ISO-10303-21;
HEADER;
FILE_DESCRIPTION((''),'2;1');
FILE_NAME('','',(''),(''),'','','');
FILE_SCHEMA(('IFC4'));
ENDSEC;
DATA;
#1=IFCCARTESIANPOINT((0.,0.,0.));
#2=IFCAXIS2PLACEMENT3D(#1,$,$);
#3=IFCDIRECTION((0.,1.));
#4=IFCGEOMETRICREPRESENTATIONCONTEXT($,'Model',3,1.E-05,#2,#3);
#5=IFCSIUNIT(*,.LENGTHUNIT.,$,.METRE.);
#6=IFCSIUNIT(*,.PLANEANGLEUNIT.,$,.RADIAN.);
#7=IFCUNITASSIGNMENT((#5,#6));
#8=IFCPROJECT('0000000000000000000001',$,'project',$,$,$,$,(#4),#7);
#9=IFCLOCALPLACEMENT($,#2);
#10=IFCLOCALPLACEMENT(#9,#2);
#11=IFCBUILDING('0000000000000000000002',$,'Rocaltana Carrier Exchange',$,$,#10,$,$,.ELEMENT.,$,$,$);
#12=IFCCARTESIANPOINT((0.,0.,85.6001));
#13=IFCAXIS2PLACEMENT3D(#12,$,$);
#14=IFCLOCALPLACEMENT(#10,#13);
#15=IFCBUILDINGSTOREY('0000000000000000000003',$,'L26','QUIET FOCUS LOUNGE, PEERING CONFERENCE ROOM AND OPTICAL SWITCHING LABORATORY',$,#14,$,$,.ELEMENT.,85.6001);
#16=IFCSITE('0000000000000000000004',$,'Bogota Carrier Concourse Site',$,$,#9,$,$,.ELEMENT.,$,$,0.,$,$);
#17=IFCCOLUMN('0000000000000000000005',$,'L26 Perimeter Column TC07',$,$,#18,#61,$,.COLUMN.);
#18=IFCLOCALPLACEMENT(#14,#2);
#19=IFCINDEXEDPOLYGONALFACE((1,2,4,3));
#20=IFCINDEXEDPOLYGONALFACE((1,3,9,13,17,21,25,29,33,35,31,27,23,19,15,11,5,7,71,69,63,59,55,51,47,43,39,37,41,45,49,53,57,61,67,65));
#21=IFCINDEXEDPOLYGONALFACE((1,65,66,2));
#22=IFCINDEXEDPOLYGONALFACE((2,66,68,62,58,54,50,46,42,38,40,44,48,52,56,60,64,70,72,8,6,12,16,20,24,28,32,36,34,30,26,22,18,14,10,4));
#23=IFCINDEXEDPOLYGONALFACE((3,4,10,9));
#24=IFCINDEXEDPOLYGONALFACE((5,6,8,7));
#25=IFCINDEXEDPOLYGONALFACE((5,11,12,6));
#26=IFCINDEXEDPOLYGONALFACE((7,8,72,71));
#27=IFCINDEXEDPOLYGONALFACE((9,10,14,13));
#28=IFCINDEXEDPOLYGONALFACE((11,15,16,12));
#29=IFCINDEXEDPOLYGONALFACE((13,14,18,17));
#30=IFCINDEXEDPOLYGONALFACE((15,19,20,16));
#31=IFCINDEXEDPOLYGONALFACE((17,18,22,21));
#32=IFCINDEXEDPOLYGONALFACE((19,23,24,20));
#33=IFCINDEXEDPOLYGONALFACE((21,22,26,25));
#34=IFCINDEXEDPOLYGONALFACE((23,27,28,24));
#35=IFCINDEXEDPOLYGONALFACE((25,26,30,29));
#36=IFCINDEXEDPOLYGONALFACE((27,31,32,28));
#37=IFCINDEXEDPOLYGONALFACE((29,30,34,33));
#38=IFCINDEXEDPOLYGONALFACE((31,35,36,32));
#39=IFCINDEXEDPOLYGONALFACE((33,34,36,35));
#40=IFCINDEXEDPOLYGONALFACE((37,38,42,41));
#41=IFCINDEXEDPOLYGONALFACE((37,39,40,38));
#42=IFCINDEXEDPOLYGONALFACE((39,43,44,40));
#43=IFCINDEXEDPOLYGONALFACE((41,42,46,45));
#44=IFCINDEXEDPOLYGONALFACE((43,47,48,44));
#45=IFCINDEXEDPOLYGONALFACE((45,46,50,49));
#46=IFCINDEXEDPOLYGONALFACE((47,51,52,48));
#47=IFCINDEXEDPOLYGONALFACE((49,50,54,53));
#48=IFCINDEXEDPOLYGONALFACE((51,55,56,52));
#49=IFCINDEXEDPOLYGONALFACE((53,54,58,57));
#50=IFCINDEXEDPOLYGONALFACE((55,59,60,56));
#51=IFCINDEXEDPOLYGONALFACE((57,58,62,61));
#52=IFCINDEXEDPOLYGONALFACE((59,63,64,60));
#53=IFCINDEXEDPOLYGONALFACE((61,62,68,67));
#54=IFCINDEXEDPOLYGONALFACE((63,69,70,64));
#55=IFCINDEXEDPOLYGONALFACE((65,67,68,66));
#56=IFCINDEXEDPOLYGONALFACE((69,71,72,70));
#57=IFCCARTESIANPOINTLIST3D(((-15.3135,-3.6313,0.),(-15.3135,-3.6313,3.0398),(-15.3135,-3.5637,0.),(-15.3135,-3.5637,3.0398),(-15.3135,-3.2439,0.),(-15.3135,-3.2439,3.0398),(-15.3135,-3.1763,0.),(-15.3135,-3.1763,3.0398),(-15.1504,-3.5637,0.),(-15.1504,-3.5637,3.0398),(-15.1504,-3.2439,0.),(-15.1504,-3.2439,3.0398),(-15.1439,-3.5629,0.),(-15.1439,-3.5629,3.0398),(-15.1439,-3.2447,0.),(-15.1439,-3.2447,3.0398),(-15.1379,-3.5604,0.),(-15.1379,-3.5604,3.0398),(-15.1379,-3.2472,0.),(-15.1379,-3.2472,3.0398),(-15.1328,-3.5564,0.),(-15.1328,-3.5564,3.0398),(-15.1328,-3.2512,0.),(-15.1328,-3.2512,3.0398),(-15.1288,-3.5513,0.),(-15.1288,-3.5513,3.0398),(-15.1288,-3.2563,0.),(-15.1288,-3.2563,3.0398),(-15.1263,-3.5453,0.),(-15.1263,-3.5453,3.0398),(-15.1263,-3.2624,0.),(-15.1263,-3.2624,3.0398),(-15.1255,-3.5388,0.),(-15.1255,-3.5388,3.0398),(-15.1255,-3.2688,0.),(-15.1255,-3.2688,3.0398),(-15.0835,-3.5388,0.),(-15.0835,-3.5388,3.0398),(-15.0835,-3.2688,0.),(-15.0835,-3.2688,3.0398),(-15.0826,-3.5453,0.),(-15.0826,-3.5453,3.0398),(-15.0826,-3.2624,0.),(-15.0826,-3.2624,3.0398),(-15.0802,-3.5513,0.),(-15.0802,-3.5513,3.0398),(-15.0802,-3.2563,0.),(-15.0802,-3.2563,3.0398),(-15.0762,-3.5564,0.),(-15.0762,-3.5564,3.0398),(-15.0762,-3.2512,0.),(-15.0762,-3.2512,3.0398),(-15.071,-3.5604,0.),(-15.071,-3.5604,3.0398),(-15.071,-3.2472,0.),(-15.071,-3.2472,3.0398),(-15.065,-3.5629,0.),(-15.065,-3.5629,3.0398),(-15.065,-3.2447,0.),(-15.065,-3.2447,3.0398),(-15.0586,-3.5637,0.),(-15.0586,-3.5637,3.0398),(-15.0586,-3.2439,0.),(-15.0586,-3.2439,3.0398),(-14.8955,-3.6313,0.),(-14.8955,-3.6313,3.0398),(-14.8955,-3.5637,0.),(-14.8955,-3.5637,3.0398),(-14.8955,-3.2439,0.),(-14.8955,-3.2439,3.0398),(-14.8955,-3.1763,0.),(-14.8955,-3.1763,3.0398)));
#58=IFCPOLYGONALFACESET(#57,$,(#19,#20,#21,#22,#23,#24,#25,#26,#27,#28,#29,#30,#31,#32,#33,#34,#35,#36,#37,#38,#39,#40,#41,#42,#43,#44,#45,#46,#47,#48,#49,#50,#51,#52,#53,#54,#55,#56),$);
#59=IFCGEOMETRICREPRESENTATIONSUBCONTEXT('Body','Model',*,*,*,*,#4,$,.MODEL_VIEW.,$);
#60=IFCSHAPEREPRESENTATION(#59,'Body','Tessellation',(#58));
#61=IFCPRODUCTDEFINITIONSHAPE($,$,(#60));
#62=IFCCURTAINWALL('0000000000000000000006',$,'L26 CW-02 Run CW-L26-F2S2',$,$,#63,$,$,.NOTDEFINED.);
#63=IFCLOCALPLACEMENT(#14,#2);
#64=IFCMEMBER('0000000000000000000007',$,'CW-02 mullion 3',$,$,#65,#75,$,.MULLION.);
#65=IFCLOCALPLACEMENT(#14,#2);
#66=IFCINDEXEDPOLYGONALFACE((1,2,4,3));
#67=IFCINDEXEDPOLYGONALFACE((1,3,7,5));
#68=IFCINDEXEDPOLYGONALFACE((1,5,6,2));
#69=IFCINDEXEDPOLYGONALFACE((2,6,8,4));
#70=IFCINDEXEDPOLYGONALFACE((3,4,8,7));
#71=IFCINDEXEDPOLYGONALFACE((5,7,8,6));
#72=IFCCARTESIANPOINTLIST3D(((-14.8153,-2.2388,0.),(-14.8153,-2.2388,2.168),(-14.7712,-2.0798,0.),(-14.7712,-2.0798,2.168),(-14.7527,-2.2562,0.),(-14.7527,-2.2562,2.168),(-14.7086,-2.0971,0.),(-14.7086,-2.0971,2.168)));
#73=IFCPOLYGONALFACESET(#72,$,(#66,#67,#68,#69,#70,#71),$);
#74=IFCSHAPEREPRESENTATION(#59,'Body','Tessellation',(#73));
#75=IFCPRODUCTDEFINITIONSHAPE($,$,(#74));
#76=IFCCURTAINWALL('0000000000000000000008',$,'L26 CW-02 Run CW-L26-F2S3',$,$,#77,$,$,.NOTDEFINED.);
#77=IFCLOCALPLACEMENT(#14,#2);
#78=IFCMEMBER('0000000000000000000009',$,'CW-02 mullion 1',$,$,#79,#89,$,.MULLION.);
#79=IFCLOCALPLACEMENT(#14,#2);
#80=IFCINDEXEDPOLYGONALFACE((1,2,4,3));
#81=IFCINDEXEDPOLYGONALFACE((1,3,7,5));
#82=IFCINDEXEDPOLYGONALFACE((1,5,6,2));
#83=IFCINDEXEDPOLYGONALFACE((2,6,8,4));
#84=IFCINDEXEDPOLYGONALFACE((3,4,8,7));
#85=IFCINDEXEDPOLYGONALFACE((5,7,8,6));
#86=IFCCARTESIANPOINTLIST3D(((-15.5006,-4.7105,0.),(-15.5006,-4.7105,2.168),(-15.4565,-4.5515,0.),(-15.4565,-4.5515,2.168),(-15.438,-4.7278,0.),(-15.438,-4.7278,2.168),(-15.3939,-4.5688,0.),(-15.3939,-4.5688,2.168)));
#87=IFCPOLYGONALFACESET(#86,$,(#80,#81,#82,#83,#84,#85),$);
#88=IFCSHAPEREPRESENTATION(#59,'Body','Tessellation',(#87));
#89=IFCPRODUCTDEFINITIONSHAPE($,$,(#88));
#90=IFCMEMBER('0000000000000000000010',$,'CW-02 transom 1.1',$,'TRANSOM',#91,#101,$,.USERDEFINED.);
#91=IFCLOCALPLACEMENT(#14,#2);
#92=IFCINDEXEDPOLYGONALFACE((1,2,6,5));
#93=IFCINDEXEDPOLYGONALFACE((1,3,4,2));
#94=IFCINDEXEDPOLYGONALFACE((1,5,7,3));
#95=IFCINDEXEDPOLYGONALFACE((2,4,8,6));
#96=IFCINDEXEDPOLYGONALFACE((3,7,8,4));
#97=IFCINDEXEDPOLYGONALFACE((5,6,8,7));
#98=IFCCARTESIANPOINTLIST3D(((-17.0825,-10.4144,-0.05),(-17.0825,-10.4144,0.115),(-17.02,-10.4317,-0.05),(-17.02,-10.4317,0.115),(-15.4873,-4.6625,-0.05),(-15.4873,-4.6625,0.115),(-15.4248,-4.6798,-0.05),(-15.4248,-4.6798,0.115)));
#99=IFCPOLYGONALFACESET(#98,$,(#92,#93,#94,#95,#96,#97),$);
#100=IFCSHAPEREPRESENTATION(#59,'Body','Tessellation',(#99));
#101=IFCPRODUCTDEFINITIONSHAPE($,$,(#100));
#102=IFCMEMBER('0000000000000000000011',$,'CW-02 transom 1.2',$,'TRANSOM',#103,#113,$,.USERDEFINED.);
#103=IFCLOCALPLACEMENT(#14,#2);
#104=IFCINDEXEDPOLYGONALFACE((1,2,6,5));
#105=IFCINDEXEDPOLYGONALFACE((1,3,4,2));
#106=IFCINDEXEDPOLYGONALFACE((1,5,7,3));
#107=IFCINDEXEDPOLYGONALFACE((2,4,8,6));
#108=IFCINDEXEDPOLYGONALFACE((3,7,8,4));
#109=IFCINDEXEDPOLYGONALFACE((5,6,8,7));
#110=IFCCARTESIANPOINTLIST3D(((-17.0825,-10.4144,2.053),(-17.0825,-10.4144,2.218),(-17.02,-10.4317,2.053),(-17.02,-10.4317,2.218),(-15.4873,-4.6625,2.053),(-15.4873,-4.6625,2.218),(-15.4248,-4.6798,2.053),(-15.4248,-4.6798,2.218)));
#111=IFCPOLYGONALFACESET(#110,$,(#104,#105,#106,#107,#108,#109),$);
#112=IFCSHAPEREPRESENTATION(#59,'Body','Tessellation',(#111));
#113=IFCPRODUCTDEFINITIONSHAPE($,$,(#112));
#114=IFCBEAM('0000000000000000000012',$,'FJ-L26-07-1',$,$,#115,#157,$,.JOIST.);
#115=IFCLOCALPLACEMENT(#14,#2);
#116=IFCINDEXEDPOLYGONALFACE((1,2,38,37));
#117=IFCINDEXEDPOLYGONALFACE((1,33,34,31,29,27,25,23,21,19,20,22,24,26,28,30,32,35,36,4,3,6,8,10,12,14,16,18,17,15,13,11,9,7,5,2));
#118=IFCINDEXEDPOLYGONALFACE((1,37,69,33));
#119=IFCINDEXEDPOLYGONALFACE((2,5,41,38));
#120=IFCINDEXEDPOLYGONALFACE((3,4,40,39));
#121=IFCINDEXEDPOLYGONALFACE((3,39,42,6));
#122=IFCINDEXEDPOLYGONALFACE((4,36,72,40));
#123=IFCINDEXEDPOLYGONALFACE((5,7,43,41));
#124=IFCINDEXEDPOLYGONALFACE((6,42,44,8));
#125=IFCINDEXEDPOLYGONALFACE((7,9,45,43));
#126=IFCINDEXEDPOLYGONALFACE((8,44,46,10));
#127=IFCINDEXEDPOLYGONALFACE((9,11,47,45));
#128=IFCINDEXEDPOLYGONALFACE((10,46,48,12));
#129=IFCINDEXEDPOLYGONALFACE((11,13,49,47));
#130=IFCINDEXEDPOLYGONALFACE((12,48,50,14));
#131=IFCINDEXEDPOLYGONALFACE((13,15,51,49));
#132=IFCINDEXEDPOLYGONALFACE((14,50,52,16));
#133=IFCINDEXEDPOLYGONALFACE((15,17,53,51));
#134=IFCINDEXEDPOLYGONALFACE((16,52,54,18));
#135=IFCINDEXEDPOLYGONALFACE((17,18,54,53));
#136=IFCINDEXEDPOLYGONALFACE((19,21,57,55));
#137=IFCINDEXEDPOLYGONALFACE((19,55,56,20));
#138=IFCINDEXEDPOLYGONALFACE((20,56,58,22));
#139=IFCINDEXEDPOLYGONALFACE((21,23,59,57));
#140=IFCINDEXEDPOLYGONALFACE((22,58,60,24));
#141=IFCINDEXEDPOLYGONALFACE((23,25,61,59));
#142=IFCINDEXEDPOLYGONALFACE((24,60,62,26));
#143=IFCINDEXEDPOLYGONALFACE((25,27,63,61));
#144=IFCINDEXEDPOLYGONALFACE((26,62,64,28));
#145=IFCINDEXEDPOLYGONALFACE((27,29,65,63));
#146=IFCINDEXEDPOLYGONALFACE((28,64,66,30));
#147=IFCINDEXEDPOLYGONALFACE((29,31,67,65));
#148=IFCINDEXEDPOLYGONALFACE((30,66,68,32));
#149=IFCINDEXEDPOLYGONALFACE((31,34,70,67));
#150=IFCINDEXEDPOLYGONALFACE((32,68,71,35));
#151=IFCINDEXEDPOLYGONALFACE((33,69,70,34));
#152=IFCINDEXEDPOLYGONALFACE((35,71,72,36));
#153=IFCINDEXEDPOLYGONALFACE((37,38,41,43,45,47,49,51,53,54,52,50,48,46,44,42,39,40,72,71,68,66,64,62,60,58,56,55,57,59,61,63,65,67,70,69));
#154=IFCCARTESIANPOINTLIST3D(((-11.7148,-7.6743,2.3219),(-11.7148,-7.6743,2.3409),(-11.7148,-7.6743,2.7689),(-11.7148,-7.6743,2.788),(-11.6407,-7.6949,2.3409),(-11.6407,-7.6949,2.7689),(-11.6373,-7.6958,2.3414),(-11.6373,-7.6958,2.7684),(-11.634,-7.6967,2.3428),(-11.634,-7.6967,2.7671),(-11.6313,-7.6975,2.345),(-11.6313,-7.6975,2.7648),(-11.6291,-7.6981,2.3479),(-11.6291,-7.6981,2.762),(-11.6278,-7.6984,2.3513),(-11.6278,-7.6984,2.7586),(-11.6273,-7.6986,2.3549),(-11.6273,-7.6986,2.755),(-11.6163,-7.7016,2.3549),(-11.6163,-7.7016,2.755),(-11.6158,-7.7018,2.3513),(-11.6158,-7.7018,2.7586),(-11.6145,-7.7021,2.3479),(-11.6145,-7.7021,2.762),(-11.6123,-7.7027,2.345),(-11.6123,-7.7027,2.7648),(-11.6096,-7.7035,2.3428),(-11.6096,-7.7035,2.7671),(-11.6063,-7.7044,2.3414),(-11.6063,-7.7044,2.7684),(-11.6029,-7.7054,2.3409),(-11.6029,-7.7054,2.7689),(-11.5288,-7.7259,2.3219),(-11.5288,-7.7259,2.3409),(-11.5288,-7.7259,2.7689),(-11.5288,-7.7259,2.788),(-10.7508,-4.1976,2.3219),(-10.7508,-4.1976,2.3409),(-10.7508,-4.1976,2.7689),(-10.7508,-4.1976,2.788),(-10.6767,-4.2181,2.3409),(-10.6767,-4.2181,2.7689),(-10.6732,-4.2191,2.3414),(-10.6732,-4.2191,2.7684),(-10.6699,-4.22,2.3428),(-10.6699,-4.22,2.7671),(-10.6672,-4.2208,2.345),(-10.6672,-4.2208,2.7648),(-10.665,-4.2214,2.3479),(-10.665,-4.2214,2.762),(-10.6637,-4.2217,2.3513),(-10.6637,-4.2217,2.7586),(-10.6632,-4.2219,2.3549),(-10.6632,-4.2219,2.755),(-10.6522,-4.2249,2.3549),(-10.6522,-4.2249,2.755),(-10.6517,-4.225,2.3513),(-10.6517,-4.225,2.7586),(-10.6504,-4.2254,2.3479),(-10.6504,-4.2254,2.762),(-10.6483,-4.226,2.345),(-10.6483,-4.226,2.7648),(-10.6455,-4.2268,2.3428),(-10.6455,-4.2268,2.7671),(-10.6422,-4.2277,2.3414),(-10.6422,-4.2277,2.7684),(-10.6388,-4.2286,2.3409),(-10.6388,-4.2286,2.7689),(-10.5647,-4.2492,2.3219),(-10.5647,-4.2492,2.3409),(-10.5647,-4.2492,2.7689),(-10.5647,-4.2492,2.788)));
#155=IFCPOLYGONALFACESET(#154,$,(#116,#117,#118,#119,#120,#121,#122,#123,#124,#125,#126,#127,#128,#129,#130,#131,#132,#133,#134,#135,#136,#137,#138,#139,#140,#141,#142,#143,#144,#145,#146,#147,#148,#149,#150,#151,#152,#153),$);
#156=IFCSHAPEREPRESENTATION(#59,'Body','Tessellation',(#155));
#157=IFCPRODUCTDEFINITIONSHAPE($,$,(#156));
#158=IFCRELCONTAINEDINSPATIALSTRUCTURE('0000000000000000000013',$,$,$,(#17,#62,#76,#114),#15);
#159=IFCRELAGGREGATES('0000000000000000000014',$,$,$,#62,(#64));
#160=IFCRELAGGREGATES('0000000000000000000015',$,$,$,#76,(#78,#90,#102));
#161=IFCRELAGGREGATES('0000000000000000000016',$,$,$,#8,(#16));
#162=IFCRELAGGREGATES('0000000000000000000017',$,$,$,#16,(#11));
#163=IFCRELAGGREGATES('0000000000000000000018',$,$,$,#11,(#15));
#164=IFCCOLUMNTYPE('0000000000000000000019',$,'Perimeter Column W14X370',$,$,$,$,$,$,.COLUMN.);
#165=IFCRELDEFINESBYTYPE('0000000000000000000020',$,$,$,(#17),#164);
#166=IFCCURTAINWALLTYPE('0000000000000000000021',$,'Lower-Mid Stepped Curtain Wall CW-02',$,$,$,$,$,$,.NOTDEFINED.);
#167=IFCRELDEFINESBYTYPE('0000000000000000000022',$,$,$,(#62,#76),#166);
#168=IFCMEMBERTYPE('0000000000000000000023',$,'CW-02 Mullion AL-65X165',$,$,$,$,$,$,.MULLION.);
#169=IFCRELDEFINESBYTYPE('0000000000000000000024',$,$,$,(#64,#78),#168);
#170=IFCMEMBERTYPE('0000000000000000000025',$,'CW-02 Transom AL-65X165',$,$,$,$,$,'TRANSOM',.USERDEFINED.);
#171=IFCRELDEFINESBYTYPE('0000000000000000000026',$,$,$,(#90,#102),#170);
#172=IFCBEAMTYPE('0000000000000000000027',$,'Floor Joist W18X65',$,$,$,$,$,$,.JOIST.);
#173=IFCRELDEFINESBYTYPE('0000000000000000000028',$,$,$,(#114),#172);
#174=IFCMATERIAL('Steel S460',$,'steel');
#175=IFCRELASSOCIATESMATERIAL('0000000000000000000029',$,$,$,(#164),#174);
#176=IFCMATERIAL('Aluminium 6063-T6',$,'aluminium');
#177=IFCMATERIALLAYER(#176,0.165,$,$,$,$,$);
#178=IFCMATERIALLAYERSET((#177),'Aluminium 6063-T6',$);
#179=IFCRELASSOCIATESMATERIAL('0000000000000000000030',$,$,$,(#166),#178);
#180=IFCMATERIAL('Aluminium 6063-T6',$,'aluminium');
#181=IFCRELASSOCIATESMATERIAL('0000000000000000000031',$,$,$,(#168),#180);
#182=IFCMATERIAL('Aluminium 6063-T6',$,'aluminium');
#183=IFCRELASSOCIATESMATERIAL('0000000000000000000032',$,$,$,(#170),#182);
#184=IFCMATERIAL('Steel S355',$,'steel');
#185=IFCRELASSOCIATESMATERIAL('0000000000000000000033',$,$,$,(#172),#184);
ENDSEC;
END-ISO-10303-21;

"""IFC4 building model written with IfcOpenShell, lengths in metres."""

from ifc_helpers import new_model, si_unit, direction, frame, origin, origin_2d, place, context, subcontext, project, spatial, rectangle, i_section, extrude, material, layer, layer_set, material_profile, profile_set, type_object, element, aggregate, save


model = new_model("IFC4")

# Units and contexts
model_context = context("Model", 3, precision=1e-05, world=origin(), true_north=direction((0.0, 1.0)))
body_context = subcontext(model_context, "Body", "Model", "MODEL_VIEW")
ifc_project = project(units=[si_unit("LENGTHUNIT", "METRE"), si_unit("PLANEANGLEUNIT", "RADIAN")], contexts=[model_context])

# Site, building, storey
site_placement = place(None, origin())
site = spatial("IfcSite", under=ifc_project, at=site_placement, Name="Bogota Carrier Concourse Site", CompositionType="ELEMENT", RefElevation=0.0)
building_placement = place(site_placement, origin())
building = spatial("IfcBuilding", under=site, at=building_placement, Name="Rocaltana Carrier Exchange", CompositionType="ELEMENT")
storey_placement = place(building_placement, frame((0.0, 0.0, 85.6001)))
storey = spatial("IfcBuildingStorey", under=building, at=storey_placement, Name="L26", Description="QUIET FOCUS LOUNGE, PEERING CONFERENCE ROOM AND OPTICAL SWITCHING LABORATORY", CompositionType="ELEMENT", Elevation=85.6001)

# Column
ifc_material_1 = material(Name="Steel S460", Category="steel")
ifc_material_profile_1 = material_profile(ifc_material_1, i_section(OverallWidth=0.418, OverallDepth=0.4551, WebThickness=0.042, FlangeThickness=0.0676, FilletRadius=0.0249, at=origin_2d()), Name="W14X370")
ifc_profile_set_1 = profile_set([ifc_material_profile_1], Name="Steel S460")
column_type = type_object("IfcColumnType", Name="Perimeter Column W14X370", PredefinedType="COLUMN", material=ifc_profile_set_1)
column_placement = place(storey_placement, frame((-15.1045, -3.4038, 0.0), z_axis=(0.0, 0.0, 1.0), x_axis=(1.0, 0.0, 0.0)))
element("IfcColumn", 1, at=column_placement, inside=storey, type_object=column_type, Name="L26 Perimeter Column TC07", PredefinedType="COLUMN", context=body_context, shape_type="SweptSolid", body=[
    extrude(i_section(OverallWidth=0.418, OverallDepth=0.4551, WebThickness=0.042, FlangeThickness=0.0676, FilletRadius=0.0249, at=origin_2d()), origin(), (0.0, 0.0, 1.0), 3.0398),
])

# Curtain wall, member
ifc_material_2 = material(Name="Aluminium 6063-T6", Category="aluminium")
ifc_layer_1 = layer(ifc_material_2, 0.165)
ifc_layer_set_1 = layer_set([ifc_layer_1], Name="Aluminium 6063-T6")
curtain_wall_type = type_object("IfcCurtainWallType", Name="Lower-Mid Stepped Curtain Wall CW-02", PredefinedType="NOTDEFINED", material=ifc_layer_set_1)
curtain_wall_1_placement = place(storey_placement, origin())
curtain_wall_1 = element("IfcCurtainWall", 2, at=curtain_wall_1_placement, inside=storey, type_object=curtain_wall_type, Name="L26 CW-02 Run CW-L26-F2S2", PredefinedType="NOTDEFINED")
ifc_material_3 = material(Name="Aluminium 6063-T6", Category="aluminium")
ifc_material_profile_2 = material_profile(ifc_material_3, rectangle(XDim=0.0649, YDim=0.165, at=origin_2d()), Name="AL-65X165")
ifc_profile_set_2 = profile_set([ifc_material_profile_2], Name="Aluminium 6063-T6")
member_type_1 = type_object("IfcMemberType", Name="CW-02 Mullion AL-65X165", PredefinedType="MULLION", material=ifc_profile_set_2)
member_1_placement = place(storey_placement, frame((-14.762, -2.168, 0.0), z_axis=(0.0, 0.0, 1.0), x_axis=(0.963631, -0.267238, 0.0)))
member_1 = element("IfcMember", 3, at=member_1_placement, type_object=member_type_1, Name="CW-02 mullion 3", PredefinedType="MULLION", context=body_context, shape_type="SweptSolid", body=[
    extrude(rectangle(XDim=0.0649, YDim=0.165, at=origin_2d()), origin(), (0.0, 0.0, 1.0), 2.168),
])
aggregate(curtain_wall_1, [member_1])

# Curtain wall, members
curtain_wall_2_placement = place(storey_placement, origin())
curtain_wall_2 = element("IfcCurtainWall", 4, at=curtain_wall_2_placement, inside=storey, type_object=curtain_wall_type, Name="L26 CW-02 Run CW-L26-F2S3", PredefinedType="NOTDEFINED")
member_2_placement = place(storey_placement, frame((-15.4473, -4.6396, 0.0), z_axis=(0.0, 0.0, 1.0), x_axis=(0.963629, -0.267243, 0.0)))
member_2 = element("IfcMember", 5, at=member_2_placement, type_object=member_type_1, Name="CW-02 mullion 1", PredefinedType="MULLION", context=body_context, shape_type="SweptSolid", body=[
    extrude(rectangle(XDim=0.0649, YDim=0.165, at=origin_2d()), origin(), (0.0, 0.0, 1.0), 2.168),
])
ifc_material_4 = material(Name="Aluminium 6063-T6", Category="aluminium")
ifc_material_profile_3 = material_profile(ifc_material_4, rectangle(XDim=0.0649, YDim=0.165, at=origin_2d()), Name="AL-65X165")
ifc_profile_set_3 = profile_set([ifc_material_profile_3], Name="Aluminium 6063-T6")
member_type_2 = type_object("IfcMemberType", Name="CW-02 Transom AL-65X165", ElementType="TRANSOM", PredefinedType="USERDEFINED", material=ifc_profile_set_3)
member_3_placement = place(storey_placement, frame((-15.4561, -4.6711, 0.0325), z_axis=(-0.267247, -0.963628, 0.0), x_axis=(0.963628, -0.267247, 0.0)))
member_3 = element("IfcMember", 6, at=member_3_placement, type_object=member_type_2, Name="CW-02 transom 1.1", ObjectType="TRANSOM", PredefinedType="USERDEFINED", context=body_context, shape_type="SweptSolid", body=[
    extrude(rectangle(XDim=0.0649, YDim=0.165, at=origin_2d()), origin(), (0.0, 0.0, 1.0), 5.969),
])
member_4_placement = place(storey_placement, frame((-15.4561, -4.6711, 2.1355), z_axis=(-0.267247, -0.963628, 0.0), x_axis=(0.963628, -0.267247, 0.0)))
member_4 = element("IfcMember", 7, at=member_4_placement, type_object=member_type_2, Name="CW-02 transom 1.2", ObjectType="TRANSOM", PredefinedType="USERDEFINED", context=body_context, shape_type="SweptSolid", body=[
    extrude(rectangle(XDim=0.0649, YDim=0.165, at=origin_2d()), origin(), (0.0, 0.0, 1.0), 5.969),
])

# Beam
ifc_material_5 = material(Name="Steel S355", Category="steel")
ifc_material_profile_4 = material_profile(ifc_material_5, i_section(OverallWidth=0.1931, OverallDepth=0.4661, WebThickness=0.0115, FlangeThickness=0.019, FilletRadius=0.0139, at=origin_2d()), Name="W18X65")
ifc_profile_set_4 = profile_set([ifc_material_profile_4], Name="Steel S355")
beam_type_1 = type_object("IfcBeamType", Name="Floor Joist W18X65", PredefinedType="JOIST", material=ifc_profile_set_4)
beam_1_placement = place(storey_placement, frame((-10.6577, -4.2234, 2.5549), z_axis=(-0.267215, -0.963637, 0.0), x_axis=(0.963637, -0.267215, 0.0)))
element("IfcBeam", 8, at=beam_1_placement, inside=storey, type_object=beam_type_1, Name="FJ-L26-07-1", PredefinedType="JOIST", context=body_context, shape_type="SweptSolid", body=[
    extrude(i_section(OverallWidth=0.1931, OverallDepth=0.4661, WebThickness=0.0115, FlangeThickness=0.019, FilletRadius=0.0139, at=origin_2d()), origin(), (0.0, 0.0, 1.0), 3.6079),
])

aggregate(curtain_wall_2, [member_2, member_3, member_4])

save(model, "model.ifc")
